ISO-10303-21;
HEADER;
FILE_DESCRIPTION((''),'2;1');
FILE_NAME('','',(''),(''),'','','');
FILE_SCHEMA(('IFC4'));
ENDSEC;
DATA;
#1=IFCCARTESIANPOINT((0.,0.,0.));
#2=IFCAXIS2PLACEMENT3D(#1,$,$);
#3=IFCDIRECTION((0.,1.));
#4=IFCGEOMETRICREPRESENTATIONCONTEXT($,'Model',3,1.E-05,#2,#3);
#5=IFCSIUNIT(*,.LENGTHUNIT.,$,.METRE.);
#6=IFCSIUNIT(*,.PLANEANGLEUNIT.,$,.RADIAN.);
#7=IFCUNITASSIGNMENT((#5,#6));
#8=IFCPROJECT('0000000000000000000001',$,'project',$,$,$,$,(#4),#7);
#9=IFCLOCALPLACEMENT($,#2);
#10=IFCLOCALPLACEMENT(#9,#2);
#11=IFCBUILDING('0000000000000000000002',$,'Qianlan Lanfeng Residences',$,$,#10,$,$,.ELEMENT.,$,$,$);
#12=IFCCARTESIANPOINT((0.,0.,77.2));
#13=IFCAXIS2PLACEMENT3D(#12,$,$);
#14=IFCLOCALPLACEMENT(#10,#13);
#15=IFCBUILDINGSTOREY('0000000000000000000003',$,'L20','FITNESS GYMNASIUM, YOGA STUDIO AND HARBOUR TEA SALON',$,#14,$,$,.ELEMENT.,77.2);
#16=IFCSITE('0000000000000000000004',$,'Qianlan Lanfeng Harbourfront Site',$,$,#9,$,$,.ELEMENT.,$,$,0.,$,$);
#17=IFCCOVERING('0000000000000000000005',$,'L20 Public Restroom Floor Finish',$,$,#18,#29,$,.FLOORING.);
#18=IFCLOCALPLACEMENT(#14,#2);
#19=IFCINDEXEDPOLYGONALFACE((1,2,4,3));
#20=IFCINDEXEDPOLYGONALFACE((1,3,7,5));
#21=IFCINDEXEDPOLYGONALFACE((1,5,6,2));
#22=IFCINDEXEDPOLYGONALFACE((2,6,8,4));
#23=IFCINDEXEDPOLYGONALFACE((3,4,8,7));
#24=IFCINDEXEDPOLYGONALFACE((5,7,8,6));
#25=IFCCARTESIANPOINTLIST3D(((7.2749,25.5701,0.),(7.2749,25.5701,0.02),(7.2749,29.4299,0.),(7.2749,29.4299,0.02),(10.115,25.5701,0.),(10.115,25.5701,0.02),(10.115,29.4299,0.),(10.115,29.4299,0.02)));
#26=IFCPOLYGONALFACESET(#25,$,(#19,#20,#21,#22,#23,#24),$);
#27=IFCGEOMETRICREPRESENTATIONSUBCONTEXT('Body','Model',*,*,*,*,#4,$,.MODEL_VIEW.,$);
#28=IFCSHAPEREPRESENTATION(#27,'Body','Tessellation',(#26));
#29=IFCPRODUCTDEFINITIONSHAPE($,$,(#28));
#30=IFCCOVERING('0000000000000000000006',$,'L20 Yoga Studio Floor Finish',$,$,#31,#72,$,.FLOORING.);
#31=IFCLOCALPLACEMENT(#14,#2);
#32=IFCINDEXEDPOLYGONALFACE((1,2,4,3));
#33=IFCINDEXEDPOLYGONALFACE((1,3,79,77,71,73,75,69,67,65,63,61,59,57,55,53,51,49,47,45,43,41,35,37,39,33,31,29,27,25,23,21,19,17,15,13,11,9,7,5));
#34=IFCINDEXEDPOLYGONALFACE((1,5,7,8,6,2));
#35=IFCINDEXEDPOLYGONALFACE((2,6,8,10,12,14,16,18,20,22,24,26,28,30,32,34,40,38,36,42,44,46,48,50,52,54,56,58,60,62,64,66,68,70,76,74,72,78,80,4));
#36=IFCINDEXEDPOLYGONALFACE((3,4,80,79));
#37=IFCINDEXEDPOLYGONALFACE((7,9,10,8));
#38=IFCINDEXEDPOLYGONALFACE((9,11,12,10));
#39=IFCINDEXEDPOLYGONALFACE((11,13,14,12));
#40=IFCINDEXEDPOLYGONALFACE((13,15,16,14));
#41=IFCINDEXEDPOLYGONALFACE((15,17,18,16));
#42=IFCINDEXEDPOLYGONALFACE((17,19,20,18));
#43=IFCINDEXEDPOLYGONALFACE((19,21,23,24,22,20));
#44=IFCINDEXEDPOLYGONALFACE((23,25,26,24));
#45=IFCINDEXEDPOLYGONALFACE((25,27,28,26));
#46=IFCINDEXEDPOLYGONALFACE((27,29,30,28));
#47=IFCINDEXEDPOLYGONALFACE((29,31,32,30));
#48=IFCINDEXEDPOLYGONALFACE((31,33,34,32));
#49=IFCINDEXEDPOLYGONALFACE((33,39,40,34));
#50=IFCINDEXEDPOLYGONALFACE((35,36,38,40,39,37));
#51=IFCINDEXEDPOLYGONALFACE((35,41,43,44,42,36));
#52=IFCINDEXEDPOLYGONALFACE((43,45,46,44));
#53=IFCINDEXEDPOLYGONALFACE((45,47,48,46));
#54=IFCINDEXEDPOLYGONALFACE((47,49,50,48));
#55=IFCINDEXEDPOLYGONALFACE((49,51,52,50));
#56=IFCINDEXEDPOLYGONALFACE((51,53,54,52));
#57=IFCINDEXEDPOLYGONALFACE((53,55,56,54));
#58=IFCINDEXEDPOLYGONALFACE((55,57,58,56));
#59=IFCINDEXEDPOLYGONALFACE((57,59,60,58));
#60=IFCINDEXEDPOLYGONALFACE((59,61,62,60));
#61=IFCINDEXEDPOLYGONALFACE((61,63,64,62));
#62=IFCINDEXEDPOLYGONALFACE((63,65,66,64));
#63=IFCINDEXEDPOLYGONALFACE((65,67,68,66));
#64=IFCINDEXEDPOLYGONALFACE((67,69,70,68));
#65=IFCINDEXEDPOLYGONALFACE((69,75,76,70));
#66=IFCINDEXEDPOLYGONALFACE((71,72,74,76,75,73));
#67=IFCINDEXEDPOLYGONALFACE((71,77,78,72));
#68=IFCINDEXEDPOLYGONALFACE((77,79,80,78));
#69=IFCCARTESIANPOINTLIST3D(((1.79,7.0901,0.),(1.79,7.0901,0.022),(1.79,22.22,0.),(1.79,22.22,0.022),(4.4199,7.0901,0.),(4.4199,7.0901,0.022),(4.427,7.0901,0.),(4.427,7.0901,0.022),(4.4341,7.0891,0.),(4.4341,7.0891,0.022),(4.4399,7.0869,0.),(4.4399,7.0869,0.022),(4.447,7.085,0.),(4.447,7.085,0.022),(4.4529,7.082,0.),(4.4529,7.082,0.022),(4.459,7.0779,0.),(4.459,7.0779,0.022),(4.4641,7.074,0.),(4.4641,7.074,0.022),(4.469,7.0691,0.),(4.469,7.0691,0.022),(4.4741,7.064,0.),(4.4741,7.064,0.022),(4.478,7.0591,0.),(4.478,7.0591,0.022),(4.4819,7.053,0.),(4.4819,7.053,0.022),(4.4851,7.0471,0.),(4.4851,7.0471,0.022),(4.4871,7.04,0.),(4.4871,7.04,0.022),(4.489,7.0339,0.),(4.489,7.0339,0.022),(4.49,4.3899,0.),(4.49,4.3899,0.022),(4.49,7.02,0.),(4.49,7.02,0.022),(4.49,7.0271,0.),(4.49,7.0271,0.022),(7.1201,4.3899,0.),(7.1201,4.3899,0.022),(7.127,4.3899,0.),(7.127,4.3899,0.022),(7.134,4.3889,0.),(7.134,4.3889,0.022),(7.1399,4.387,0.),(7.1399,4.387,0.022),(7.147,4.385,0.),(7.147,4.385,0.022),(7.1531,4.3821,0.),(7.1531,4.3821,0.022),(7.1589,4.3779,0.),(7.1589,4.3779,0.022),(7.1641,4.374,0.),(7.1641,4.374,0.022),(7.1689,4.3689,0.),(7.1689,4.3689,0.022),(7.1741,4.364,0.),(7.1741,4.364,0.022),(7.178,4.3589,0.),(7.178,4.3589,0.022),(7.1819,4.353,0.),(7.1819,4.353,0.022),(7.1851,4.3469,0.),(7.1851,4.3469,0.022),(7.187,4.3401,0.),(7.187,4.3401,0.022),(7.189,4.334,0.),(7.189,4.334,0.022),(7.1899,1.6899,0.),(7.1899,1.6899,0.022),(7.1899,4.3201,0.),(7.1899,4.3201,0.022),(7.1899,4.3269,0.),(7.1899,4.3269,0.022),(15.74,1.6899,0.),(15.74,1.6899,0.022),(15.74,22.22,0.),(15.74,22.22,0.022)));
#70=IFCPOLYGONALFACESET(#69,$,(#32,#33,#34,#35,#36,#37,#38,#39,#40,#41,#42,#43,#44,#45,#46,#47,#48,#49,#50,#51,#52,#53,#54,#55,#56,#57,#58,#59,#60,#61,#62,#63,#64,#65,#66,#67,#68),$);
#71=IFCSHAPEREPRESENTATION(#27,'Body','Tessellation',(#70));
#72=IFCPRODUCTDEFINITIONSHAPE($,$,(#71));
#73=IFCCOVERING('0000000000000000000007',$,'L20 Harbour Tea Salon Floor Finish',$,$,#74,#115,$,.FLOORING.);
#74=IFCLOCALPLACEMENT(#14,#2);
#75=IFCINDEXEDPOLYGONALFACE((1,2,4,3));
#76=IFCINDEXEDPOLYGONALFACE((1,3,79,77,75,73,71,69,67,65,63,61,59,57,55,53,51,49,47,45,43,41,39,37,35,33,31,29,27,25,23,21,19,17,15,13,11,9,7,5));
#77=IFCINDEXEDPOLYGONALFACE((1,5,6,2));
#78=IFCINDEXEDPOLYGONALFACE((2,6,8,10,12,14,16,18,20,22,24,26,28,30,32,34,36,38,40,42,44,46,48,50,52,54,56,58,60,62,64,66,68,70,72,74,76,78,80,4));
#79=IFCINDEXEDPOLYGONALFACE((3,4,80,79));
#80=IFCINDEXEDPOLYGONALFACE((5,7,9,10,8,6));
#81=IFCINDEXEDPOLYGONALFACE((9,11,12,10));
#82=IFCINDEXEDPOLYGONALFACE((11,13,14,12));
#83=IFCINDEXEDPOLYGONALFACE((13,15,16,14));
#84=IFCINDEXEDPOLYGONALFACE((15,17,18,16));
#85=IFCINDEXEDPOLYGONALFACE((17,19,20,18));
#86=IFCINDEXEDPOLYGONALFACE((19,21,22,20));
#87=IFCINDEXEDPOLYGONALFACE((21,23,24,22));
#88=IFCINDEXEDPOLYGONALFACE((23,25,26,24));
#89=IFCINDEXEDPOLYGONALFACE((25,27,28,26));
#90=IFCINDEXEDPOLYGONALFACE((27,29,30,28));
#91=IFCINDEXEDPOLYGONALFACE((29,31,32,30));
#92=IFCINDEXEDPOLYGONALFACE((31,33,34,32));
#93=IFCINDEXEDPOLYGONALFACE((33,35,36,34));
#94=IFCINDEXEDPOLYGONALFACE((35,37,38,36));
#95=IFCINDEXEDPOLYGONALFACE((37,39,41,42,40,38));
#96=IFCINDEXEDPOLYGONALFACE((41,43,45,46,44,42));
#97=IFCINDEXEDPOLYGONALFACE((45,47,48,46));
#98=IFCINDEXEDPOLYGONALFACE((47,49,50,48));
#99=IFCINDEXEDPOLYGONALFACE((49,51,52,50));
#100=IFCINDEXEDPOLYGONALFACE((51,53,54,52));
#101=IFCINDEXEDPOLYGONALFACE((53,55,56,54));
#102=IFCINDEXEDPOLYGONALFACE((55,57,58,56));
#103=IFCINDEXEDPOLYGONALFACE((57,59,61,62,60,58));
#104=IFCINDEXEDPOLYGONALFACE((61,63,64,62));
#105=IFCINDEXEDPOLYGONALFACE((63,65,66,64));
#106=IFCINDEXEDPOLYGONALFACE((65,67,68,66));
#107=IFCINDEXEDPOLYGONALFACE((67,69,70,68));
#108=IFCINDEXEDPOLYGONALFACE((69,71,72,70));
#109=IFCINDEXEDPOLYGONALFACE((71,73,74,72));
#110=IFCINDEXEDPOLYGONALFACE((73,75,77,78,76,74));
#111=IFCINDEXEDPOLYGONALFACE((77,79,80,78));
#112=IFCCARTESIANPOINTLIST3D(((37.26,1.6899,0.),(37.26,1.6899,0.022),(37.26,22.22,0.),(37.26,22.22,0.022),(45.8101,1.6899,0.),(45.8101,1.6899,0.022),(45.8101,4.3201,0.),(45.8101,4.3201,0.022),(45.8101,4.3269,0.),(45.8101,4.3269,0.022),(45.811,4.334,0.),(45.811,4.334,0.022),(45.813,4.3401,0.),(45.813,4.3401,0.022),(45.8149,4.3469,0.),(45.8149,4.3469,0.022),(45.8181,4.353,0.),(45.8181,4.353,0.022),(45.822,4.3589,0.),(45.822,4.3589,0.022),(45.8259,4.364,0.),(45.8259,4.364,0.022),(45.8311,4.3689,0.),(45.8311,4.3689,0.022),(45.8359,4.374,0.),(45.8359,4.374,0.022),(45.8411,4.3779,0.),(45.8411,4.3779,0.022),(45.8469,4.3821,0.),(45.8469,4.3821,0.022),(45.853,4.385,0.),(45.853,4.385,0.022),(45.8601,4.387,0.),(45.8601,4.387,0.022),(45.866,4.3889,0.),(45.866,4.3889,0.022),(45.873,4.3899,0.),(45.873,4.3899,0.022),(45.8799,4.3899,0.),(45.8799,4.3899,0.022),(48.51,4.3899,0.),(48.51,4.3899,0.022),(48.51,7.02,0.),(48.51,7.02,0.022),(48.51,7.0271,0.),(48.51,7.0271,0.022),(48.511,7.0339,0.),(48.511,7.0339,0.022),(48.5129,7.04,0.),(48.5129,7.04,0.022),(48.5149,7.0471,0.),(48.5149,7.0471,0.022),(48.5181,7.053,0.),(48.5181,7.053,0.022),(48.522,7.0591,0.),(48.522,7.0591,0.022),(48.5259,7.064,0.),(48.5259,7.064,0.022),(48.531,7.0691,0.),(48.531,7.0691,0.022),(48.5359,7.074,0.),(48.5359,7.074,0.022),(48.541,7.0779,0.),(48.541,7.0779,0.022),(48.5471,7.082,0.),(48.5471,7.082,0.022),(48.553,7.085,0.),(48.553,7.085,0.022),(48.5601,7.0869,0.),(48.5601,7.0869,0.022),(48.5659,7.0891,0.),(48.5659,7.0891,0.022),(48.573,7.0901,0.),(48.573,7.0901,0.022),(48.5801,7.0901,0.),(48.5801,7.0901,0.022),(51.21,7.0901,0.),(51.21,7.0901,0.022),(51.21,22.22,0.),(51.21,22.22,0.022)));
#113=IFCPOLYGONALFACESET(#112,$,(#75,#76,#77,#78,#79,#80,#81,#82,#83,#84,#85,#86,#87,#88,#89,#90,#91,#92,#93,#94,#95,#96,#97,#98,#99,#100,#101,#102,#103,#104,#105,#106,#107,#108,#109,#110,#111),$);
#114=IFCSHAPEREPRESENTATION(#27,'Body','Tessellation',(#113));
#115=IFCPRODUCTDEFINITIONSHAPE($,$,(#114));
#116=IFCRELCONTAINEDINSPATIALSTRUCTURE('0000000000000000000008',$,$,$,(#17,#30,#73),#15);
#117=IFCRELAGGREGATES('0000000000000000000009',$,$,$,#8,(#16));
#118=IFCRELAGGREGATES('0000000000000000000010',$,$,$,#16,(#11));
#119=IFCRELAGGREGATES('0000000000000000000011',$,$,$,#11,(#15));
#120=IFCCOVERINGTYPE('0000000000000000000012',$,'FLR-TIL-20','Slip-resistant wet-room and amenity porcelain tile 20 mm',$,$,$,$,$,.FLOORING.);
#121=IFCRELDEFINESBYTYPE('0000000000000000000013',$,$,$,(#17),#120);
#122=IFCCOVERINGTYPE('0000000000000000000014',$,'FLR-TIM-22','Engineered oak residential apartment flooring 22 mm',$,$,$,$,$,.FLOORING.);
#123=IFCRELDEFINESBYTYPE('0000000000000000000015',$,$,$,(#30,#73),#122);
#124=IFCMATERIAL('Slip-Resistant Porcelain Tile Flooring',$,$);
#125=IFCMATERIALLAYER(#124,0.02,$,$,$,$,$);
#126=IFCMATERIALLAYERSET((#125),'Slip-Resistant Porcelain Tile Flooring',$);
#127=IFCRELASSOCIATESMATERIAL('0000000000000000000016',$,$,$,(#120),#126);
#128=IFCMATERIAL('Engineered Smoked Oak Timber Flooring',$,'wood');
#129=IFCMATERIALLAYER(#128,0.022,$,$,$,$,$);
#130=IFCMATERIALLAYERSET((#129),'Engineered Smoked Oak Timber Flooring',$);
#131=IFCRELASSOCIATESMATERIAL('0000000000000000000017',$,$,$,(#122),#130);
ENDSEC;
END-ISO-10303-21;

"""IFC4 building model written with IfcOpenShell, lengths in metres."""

from ifc_helpers import new_model, si_unit, direction, frame, origin, place, context, subcontext, project, spatial, polyline, outline, extrude, material, layer, layer_set, type_object, element, save


model = new_model("IFC4")

# Units and contexts
model_context = context("Model", 3, precision=1e-05, world=origin(), true_north=direction((0.0, 1.0)))
body_context = subcontext(model_context, "Body", "Model", "MODEL_VIEW")
ifc_project = project(units=[si_unit("LENGTHUNIT", "METRE"), si_unit("PLANEANGLEUNIT", "RADIAN")], contexts=[model_context])

# Site, building, storey
site_placement = place(None, origin())
site = spatial("IfcSite", under=ifc_project, at=site_placement, Name="Qianlan Lanfeng Harbourfront Site", CompositionType="ELEMENT", RefElevation=0.0)
building_placement = place(site_placement, origin())
building = spatial("IfcBuilding", under=site, at=building_placement, Name="Qianlan Lanfeng Residences", CompositionType="ELEMENT")
storey_placement = place(building_placement, frame((0.0, 0.0, 77.2)))
storey = spatial("IfcBuildingStorey", under=building, at=storey_placement, Name="L20", Description="FITNESS GYMNASIUM, YOGA STUDIO AND HARBOUR TEA SALON", CompositionType="ELEMENT", Elevation=77.2)

# Coverings
ifc_material_1 = material(Name="Slip-Resistant Porcelain Tile Flooring")
ifc_layer_1 = layer(ifc_material_1, 0.02)
ifc_layer_set_1 = layer_set([ifc_layer_1], Name="Slip-Resistant Porcelain Tile Flooring")
covering_type_1 = type_object("IfcCoveringType", Name="FLR-TIL-20", Description="Slip-resistant wet-room and amenity porcelain tile 20 mm", PredefinedType="FLOORING", material=ifc_layer_set_1)
covering_1_placement = place(storey_placement, origin())
element("IfcCovering", 1, at=covering_1_placement, inside=storey, type_object=covering_type_1, Name="L20 Public Restroom Floor Finish", PredefinedType="FLOORING", context=body_context, shape_type="SweptSolid", body=[
    extrude(outline(polyline([(7.2749, 25.5701), (10.115, 25.5701), (10.115, 29.4299), (7.2749, 29.4299), (7.2749, 25.5701)])), origin(), (0.0, 0.0, 1.0), 0.02),
])
ifc_material_2 = material(Name="Engineered Smoked Oak Timber Flooring", Category="wood")
ifc_layer_2 = layer(ifc_material_2, 0.022)
ifc_layer_set_2 = layer_set([ifc_layer_2], Name="Engineered Smoked Oak Timber Flooring")
covering_type_2 = type_object("IfcCoveringType", Name="FLR-TIM-22", Description="Engineered oak residential apartment flooring 22 mm", PredefinedType="FLOORING", material=ifc_layer_set_2)
covering_2_placement = place(storey_placement, origin())
element("IfcCovering", 2, at=covering_2_placement, inside=storey, type_object=covering_type_2, Name="L20 Yoga Studio Floor Finish", PredefinedType="FLOORING", context=body_context, shape_type="SweptSolid", body=[
    extrude(outline(polyline([(15.74, 22.22), (1.79, 22.22), (1.79, 7.0901), (4.4199, 7.0901), (4.427, 7.0901), (4.4341, 7.0891), (4.4399, 7.0869), (4.447, 7.085), (4.4529, 7.082), (4.459, 7.0779), (4.4641, 7.074), (4.469, 7.0691), (4.4741, 7.064), (4.478, 7.0591), (4.4819, 7.053), (4.4851, 7.0471), (4.4871, 7.04), (4.489, 7.0339), (4.49, 7.0271), (4.49, 7.02), (4.49, 4.3899), (7.1201, 4.3899), (7.127, 4.3899), (7.134, 4.3889), (7.1399, 4.387), (7.147, 4.385), (7.1531, 4.3821), (7.1589, 4.3779), (7.1641, 4.374), (7.1689, 4.3689), (7.1741, 4.364), (7.178, 4.3589), (7.1819, 4.353), (7.1851, 4.3469), (7.187, 4.3401), (7.189, 4.334), (7.1899, 4.3269), (7.1899, 4.3201), (7.1899, 1.6899), (15.74, 1.6899), (15.74, 22.22)])), origin(), (0.0, 0.0, 1.0), 0.022),
])
covering_3_placement = place(storey_placement, origin())
element("IfcCovering", 3, at=covering_3_placement, inside=storey, type_object=covering_type_2, Name="L20 Harbour Tea Salon Floor Finish", PredefinedType="FLOORING", context=body_context, shape_type="SweptSolid", body=[
    extrude(outline(polyline([(37.26, 22.22), (37.26, 1.6899), (45.8101, 1.6899), (45.8101, 4.3201), (45.8101, 4.3269), (45.811, 4.334), (45.813, 4.3401), (45.8149, 4.3469), (45.8181, 4.353), (45.822, 4.3589), (45.8259, 4.364), (45.8311, 4.3689), (45.8359, 4.374), (45.8411, 4.3779), (45.8469, 4.3821), (45.853, 4.385), (45.8601, 4.387), (45.866, 4.3889), (45.873, 4.3899), (45.8799, 4.3899), (48.51, 4.3899), (48.51, 7.02), (48.51, 7.0271), (48.511, 7.0339), (48.5129, 7.04), (48.5149, 7.0471), (48.5181, 7.053), (48.522, 7.0591), (48.5259, 7.064), (48.531, 7.0691), (48.5359, 7.074), (48.541, 7.0779), (48.5471, 7.082), (48.553, 7.085), (48.5601, 7.0869), (48.5659, 7.0891), (48.573, 7.0901), (48.5801, 7.0901), (51.21, 7.0901), (51.21, 22.22), (37.26, 22.22)])), origin(), (0.0, 0.0, 1.0), 0.022),
])

save(model, "model.ifc")
